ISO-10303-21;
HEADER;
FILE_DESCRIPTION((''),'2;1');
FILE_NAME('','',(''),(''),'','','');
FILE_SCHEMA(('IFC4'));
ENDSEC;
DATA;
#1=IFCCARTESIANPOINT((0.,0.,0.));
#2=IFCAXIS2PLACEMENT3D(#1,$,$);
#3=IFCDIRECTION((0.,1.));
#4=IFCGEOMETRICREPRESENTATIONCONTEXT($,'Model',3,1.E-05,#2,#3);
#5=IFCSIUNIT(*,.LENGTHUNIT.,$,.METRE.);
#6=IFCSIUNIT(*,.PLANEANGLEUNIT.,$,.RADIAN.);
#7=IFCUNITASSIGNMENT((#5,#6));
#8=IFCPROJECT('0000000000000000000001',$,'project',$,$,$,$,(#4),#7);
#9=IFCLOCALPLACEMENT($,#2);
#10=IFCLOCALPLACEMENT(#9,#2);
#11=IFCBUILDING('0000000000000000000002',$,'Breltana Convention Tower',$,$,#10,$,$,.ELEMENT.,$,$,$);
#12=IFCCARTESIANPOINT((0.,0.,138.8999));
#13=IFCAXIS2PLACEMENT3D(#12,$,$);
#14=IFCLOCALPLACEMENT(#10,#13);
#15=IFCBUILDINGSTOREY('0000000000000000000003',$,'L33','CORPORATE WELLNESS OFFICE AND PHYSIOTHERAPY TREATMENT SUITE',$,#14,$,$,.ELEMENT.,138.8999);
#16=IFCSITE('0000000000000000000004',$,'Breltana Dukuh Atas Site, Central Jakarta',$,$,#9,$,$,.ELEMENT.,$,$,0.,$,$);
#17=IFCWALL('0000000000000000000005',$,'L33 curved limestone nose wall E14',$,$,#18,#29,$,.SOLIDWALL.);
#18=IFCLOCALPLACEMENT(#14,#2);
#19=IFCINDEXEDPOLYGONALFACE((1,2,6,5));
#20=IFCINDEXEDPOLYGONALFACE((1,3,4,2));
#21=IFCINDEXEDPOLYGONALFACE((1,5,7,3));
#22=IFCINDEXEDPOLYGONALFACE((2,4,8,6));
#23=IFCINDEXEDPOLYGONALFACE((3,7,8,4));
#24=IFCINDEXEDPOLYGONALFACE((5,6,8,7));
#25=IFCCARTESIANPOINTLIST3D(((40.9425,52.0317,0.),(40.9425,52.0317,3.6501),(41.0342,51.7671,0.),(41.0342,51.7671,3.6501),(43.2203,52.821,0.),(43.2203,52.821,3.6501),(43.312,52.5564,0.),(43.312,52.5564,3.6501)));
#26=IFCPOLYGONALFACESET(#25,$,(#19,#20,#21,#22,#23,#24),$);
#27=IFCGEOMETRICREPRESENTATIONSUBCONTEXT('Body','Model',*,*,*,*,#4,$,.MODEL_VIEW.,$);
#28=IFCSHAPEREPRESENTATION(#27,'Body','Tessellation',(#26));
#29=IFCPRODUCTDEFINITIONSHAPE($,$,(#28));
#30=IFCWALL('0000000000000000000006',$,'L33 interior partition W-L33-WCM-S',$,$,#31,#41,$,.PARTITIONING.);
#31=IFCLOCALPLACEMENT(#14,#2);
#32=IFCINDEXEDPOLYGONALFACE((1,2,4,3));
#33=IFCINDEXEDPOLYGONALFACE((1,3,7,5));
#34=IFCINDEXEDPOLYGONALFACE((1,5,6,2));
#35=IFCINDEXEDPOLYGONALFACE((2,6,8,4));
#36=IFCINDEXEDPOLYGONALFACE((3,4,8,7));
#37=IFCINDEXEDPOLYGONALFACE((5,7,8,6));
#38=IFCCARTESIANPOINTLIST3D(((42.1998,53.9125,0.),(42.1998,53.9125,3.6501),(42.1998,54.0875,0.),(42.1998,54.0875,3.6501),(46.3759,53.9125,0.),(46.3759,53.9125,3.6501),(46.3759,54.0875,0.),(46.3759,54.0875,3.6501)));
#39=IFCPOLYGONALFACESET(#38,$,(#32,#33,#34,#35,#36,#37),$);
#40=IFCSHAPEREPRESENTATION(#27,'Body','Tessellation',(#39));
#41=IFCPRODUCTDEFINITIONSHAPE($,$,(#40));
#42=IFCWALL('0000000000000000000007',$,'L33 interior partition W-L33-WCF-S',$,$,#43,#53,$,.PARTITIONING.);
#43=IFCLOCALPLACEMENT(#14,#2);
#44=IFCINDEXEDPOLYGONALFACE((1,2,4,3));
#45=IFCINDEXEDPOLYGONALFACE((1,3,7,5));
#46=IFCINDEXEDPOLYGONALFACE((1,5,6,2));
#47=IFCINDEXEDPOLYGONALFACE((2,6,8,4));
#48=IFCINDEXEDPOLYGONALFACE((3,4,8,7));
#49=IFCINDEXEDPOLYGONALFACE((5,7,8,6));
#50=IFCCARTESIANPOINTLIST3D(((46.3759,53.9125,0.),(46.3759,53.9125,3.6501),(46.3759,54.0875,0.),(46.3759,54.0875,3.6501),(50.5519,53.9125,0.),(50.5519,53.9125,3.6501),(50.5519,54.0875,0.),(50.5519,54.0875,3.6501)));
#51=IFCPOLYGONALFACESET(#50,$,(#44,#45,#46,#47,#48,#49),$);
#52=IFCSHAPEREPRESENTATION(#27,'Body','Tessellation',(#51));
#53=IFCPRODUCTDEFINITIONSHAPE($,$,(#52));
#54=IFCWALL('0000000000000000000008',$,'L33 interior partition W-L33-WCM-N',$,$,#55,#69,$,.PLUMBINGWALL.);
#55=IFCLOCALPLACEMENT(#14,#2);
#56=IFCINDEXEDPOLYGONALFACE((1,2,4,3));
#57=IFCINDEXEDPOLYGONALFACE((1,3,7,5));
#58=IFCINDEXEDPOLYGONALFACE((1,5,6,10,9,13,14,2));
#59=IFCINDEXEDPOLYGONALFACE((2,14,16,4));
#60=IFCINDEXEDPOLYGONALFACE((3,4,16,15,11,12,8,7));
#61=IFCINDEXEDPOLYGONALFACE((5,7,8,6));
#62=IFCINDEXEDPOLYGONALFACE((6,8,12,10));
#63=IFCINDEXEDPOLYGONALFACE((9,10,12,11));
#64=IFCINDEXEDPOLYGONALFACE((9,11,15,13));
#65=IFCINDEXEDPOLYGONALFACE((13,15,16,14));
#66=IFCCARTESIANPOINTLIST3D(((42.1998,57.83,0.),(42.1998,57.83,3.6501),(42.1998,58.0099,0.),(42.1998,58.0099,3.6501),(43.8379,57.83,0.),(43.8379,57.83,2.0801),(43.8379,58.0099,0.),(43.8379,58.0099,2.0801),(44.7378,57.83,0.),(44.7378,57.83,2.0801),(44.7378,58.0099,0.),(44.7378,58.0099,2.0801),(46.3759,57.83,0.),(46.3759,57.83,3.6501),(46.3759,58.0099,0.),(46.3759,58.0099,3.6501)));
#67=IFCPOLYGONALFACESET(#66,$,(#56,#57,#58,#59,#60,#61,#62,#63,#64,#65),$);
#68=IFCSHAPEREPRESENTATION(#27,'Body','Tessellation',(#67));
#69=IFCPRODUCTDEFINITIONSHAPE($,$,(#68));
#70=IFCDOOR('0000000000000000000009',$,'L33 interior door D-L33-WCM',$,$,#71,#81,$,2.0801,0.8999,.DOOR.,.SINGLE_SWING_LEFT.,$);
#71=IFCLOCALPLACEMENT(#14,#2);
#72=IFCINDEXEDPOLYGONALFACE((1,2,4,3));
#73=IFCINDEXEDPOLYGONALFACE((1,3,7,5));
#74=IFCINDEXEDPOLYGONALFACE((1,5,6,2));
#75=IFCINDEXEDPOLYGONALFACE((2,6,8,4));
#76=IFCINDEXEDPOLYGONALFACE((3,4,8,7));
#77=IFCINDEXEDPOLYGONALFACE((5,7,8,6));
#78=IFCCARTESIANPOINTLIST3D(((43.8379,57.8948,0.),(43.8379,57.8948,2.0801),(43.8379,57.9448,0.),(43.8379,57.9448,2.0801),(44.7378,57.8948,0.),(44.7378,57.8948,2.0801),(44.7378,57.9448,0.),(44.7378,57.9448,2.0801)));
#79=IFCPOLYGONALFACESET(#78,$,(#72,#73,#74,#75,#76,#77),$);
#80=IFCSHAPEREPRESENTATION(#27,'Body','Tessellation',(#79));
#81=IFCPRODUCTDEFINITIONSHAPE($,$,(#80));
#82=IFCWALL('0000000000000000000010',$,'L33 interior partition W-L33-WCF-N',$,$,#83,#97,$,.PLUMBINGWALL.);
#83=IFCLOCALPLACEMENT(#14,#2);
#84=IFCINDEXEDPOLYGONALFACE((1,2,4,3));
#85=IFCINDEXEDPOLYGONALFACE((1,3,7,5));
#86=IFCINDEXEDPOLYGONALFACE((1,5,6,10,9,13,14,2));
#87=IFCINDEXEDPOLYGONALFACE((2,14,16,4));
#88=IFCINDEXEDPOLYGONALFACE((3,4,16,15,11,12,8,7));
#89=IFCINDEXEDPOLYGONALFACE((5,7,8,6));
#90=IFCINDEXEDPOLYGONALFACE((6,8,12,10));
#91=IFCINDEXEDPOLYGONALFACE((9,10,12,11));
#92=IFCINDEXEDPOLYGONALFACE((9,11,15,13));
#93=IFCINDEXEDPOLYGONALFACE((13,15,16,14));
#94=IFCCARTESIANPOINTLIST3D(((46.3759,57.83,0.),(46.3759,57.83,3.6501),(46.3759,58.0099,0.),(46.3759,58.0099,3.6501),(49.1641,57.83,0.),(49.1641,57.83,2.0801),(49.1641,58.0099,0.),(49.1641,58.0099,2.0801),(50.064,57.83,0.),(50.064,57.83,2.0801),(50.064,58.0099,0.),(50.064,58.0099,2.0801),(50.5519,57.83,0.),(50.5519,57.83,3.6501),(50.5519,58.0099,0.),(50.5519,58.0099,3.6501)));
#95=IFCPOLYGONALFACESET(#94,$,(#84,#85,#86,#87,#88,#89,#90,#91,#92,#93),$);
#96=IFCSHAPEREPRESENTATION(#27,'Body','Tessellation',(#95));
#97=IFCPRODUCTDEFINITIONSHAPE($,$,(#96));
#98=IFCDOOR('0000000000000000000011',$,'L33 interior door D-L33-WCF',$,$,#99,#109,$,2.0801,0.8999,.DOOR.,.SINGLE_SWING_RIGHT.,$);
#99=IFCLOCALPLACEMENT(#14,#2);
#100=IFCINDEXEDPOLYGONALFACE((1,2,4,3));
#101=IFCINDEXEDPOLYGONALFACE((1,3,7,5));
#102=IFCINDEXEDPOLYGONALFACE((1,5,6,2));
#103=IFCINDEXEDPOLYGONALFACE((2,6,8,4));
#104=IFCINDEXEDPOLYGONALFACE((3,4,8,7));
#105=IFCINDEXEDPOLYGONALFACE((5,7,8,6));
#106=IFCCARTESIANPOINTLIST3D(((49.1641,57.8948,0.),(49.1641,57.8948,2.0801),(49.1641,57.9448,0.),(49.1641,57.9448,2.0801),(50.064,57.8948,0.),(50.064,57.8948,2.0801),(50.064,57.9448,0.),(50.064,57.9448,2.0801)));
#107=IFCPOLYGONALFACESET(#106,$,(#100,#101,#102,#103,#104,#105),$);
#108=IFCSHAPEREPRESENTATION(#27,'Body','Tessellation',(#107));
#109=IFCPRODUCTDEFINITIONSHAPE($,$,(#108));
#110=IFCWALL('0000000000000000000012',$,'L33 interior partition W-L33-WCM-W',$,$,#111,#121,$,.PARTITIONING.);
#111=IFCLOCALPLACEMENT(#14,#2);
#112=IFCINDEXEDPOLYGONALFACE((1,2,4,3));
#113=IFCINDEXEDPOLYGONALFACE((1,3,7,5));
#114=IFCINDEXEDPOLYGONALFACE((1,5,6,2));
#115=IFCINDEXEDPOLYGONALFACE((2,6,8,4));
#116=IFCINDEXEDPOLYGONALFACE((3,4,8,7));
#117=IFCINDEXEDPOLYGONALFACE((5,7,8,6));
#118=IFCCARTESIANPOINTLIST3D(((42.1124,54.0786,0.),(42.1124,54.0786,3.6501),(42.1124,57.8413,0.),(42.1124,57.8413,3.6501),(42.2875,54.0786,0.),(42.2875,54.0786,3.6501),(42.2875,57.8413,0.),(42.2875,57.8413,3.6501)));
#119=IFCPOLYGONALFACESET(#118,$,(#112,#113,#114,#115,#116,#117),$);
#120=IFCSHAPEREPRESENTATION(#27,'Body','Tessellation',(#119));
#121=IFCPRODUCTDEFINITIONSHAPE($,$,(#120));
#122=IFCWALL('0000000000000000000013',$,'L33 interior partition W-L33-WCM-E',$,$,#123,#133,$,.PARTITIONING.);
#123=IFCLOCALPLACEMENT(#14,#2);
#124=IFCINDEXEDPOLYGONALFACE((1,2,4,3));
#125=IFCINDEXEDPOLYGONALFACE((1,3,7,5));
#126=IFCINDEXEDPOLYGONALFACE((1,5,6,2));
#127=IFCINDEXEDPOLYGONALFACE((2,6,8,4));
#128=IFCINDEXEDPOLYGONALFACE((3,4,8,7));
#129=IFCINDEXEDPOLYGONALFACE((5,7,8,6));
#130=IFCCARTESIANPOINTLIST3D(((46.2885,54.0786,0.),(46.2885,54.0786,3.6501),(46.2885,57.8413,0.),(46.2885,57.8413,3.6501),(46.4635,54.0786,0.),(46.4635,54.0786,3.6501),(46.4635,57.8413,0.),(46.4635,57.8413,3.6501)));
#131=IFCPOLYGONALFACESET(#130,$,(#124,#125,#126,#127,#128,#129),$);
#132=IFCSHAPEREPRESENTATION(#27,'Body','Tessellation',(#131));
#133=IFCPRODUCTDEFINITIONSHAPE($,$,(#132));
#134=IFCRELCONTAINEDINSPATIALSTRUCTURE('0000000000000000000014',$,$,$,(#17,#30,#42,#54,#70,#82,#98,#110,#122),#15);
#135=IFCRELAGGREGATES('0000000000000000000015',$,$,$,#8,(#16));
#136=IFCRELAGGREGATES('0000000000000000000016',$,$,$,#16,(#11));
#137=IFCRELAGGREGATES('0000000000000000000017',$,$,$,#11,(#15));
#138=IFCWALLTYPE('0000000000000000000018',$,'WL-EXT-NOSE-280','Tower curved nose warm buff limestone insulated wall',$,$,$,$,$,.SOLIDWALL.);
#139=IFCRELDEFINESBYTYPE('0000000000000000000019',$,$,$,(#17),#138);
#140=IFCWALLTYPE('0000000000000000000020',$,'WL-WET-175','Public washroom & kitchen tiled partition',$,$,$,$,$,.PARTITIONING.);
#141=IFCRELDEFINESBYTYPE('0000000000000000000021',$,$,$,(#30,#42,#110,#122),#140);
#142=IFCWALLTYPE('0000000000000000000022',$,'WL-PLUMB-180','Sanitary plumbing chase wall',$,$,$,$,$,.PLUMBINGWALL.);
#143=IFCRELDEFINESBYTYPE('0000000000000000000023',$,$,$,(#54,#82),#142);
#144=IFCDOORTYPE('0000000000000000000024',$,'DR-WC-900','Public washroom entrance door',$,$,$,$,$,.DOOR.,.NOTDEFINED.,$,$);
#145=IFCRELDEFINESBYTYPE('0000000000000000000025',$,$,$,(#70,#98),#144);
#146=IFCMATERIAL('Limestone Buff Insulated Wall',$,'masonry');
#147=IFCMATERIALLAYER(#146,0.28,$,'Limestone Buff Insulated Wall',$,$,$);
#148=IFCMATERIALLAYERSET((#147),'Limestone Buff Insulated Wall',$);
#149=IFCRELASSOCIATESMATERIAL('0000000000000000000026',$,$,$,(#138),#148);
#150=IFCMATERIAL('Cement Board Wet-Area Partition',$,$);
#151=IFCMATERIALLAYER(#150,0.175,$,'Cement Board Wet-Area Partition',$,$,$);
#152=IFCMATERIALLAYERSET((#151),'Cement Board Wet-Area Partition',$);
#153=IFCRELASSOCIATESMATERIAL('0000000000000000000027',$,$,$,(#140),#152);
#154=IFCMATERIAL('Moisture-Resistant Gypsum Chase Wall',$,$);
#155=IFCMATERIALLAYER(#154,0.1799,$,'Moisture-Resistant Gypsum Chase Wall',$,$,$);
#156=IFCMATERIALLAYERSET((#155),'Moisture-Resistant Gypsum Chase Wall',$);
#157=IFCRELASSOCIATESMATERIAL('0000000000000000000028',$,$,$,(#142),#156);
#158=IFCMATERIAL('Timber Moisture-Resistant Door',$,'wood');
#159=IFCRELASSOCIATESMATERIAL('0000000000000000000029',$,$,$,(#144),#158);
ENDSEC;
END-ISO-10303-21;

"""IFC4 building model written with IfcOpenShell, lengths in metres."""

from ifc_helpers import new_model, si_unit, direction, frame, frame_2d, origin, place, context, subcontext, project, spatial, rectangle, extrude, source, transform, mapped, material, layer, layer_set, type_object, type_shapes, element, fill, save


model = new_model("IFC4")

# Units and contexts
model_context = context("Model", 3, precision=1e-05, world=origin(), true_north=direction((0.0, 1.0)))
body_context = subcontext(model_context, "Body", "Model", "MODEL_VIEW")
ifc_project = project(units=[si_unit("LENGTHUNIT", "METRE"), si_unit("PLANEANGLEUNIT", "RADIAN")], contexts=[model_context])

# Site, building, storey
site_placement = place(None, origin())
site = spatial("IfcSite", under=ifc_project, at=site_placement, Name="Breltana Dukuh Atas Site, Central Jakarta", CompositionType="ELEMENT", RefElevation=0.0)
building_placement = place(site_placement, origin())
building = spatial("IfcBuilding", under=site, at=building_placement, Name="Breltana Convention Tower", CompositionType="ELEMENT")
storey_placement = place(building_placement, frame((0.0, 0.0, 138.8999)))
storey = spatial("IfcBuildingStorey", under=building, at=storey_placement, Name="L33", Description="CORPORATE WELLNESS OFFICE AND PHYSIOTHERAPY TREATMENT SUITE", CompositionType="ELEMENT", Elevation=138.8999)

# Walls
ifc_material_1 = material(Name="Limestone Buff Insulated Wall", Category="masonry")
ifc_layer_1 = layer(ifc_material_1, 0.28, Name="Limestone Buff Insulated Wall")
ifc_layer_set_1 = layer_set([ifc_layer_1], Name="Limestone Buff Insulated Wall")
wall_type_1 = type_object("IfcWallType", Name="WL-EXT-NOSE-280", Description="Tower curved nose warm buff limestone insulated wall", PredefinedType="SOLIDWALL", material=ifc_layer_set_1)
shared_shape_1 = source(origin(), body_context, "Body", "SweptSolid", [
    extrude(rectangle(XDim=2.4106, YDim=0.28, at=frame_2d((1.2053, 0.0))), origin(), (0.0, 0.0, 1.0), 3.6501),
])
wall_1_placement = place(storey_placement, frame((43.2661, 52.6887, 0.0), z_axis=(0.0, 0.0, 1.0), x_axis=(-0.94488, -0.327417, 0.0)))
element("IfcWall", 1, at=wall_1_placement, inside=storey, type_object=wall_type_1, Name="L33 curved limestone nose wall E14", PredefinedType="SOLIDWALL", context=body_context, shape_type="MappedRepresentation", body=[
    mapped(shared_shape_1, transform((0.0, 0.0, 0.0), scale=1.0)),
])
ifc_material_2 = material(Name="Cement Board Wet-Area Partition")
ifc_layer_2 = layer(ifc_material_2, 0.175, Name="Cement Board Wet-Area Partition")
ifc_layer_set_2 = layer_set([ifc_layer_2], Name="Cement Board Wet-Area Partition")
wall_type_2 = type_object("IfcWallType", Name="WL-WET-175", Description="Public washroom & kitchen tiled partition", PredefinedType="PARTITIONING", material=ifc_layer_set_2)
shared_shape_2 = source(origin(), body_context, "Body", "SweptSolid", [
    extrude(rectangle(XDim=4.176, YDim=0.175, at=frame_2d((2.0879, 0.0))), origin(), (0.0, 0.0, 1.0), 3.6501),
])
for number, where, z_axis, x_axis, name in (
    (2, (42.2, 54.0, 0.0), (0.0, 0.0, 1.0), (1.0, 0.0, 0.0), "L33 interior partition W-L33-WCM-S"),
    (3, (46.376, 54.0, 0.0), (0.0, 0.0, 1.0), (1.0, 0.0, 0.0), "L33 interior partition W-L33-WCF-S"),
):
    element("IfcWall", number, at=place(storey_placement, frame(where, z_axis=z_axis, x_axis=x_axis)), inside=storey, type_object=wall_type_2, Name=name, PredefinedType="PARTITIONING", context=body_context, shape_type="MappedRepresentation", body=[
        mapped(shared_shape_2, transform((0.0, 0.0, 0.0), scale=1.0)),
    ])

# Walls, openings, doors
ifc_material_3 = material(Name="Moisture-Resistant Gypsum Chase Wall")
ifc_layer_3 = layer(ifc_material_3, 0.1799, Name="Moisture-Resistant Gypsum Chase Wall")
ifc_layer_set_3 = layer_set([ifc_layer_3], Name="Moisture-Resistant Gypsum Chase Wall")
wall_type_3 = type_object("IfcWallType", Name="WL-PLUMB-180", Description="Sanitary plumbing chase wall", PredefinedType="PLUMBINGWALL", material=ifc_layer_set_3)
shared_shape_3 = source(origin(), body_context, "Body", "SweptSolid", [
    extrude(rectangle(XDim=4.176, YDim=0.1799, at=frame_2d((2.0879, 0.0))), origin(), (0.0, 0.0, 1.0), 3.6501),
])
wall_2_placement = place(storey_placement, frame((42.2, 57.9199, 0.0), z_axis=(0.0, 0.0, 1.0), x_axis=(1.0, 0.0, 0.0)))
wall_2 = element("IfcWall", 4, at=wall_2_placement, inside=storey, type_object=wall_type_3, Name="L33 interior partition W-L33-WCM-N", PredefinedType="PLUMBINGWALL", context=body_context, shape_type="MappedRepresentation", body=[
    mapped(shared_shape_3, transform((0.0, 0.0, 0.0), scale=1.0)),
])
opening_1_placement = place(wall_2_placement, frame((1.6379, 0.0, 0.0)))
opening_1 = element("IfcOpeningElement", 5, at=opening_1_placement, cuts=wall_2, PredefinedType="OPENING", context=body_context, shape_type="SweptSolid", body=[
    extrude(rectangle(XDim=0.8999, YDim=2.0801, at=frame_2d((0.45, 1.04))), frame((0.0, 0.1001, 0.0), z_axis=(0.0, -1.0, 0.0), x_axis=(1.0, 0.0, 0.0)), (0.0, 0.0, 1.0), 0.2),
])
ifc_material_4 = material(Name="Timber Moisture-Resistant Door", Category="wood")
door_type = type_object("IfcDoorType", Name="DR-WC-900", Description="Public washroom entrance door", OperationType="NOTDEFINED", PredefinedType="DOOR", material=ifc_material_4)
shared_shape_4 = source(origin(), body_context, "Body", "SweptSolid", [
    extrude(rectangle(XDim=0.8999, YDim=2.0801, at=frame_2d((0.45, 1.04))), frame((0.0, 0.0249, 0.0), z_axis=(0.0, -1.0, 0.0), x_axis=(1.0, 0.0, 0.0)), (0.0, 0.0, 1.0), 0.05),
])
type_shapes(door_type, [shared_shape_4])
door_1_placement = place(opening_1_placement, origin())
door_1 = element("IfcDoor", 6, at=door_1_placement, inside=storey, type_object=door_type, Name="L33 interior door D-L33-WCM", OperationType="SINGLE_SWING_LEFT", OverallHeight=2.0801, OverallWidth=0.8999, PredefinedType="DOOR", context=body_context, shape_type="MappedRepresentation", body=[
    mapped(shared_shape_4, transform((0.0, 0.0, 0.0), scale=1.0)),
])
fill(opening_1, door_1)
wall_3_placement = place(storey_placement, frame((46.376, 57.9199, 0.0), z_axis=(0.0, 0.0, 1.0), x_axis=(1.0, 0.0, 0.0)))
wall_3 = element("IfcWall", 7, at=wall_3_placement, inside=storey, type_object=wall_type_3, Name="L33 interior partition W-L33-WCF-N", PredefinedType="PLUMBINGWALL", context=body_context, shape_type="MappedRepresentation", body=[
    mapped(shared_shape_3, transform((0.0, 0.0, 0.0), scale=1.0)),
])
opening_2_placement = place(wall_3_placement, frame((2.7881, 0.0, 0.0)))
opening_2 = element("IfcOpeningElement", 8, at=opening_2_placement, cuts=wall_3, PredefinedType="OPENING", context=body_context, shape_type="SweptSolid", body=[
    extrude(rectangle(XDim=0.8999, YDim=2.0801, at=frame_2d((0.45, 1.04))), frame((0.0, 0.1001, 0.0), z_axis=(0.0, -1.0, 0.0), x_axis=(1.0, 0.0, 0.0)), (0.0, 0.0, 1.0), 0.2),
])
door_2_placement = place(opening_2_placement, origin())
door_2 = element("IfcDoor", 9, at=door_2_placement, inside=storey, type_object=door_type, Name="L33 interior door D-L33-WCF", OperationType="SINGLE_SWING_RIGHT", OverallHeight=2.0801, OverallWidth=0.8999, PredefinedType="DOOR", context=body_context, shape_type="MappedRepresentation", body=[
    mapped(shared_shape_4, transform((0.0, 0.0, 0.0), scale=1.0)),
])
fill(opening_2, door_2)

# Walls
shared_shape_5 = source(origin(), body_context, "Body", "SweptSolid", [
    extrude(rectangle(XDim=3.7627, YDim=0.175, at=frame_2d((1.8813, 0.0))), origin(), (0.0, 0.0, 1.0), 3.6501),
])
for number, where, z_axis, x_axis, name in (
    (10, (42.2, 54.0786, 0.0), (0.0, 0.0, 1.0), (0.0, 1.0, 0.0), "L33 interior partition W-L33-WCM-W"),
    (11, (46.376, 54.0786, 0.0), (0.0, 0.0, 1.0), (0.0, 1.0, 0.0), "L33 interior partition W-L33-WCM-E"),
):
    element("IfcWall", number, at=place(storey_placement, frame(where, z_axis=z_axis, x_axis=x_axis)), inside=storey, type_object=wall_type_2, Name=name, PredefinedType="PARTITIONING", context=body_context, shape_type="MappedRepresentation", body=[
        mapped(shared_shape_5, transform((0.0, 0.0, 0.0), scale=1.0)),
    ])

save(model, "model.ifc")
